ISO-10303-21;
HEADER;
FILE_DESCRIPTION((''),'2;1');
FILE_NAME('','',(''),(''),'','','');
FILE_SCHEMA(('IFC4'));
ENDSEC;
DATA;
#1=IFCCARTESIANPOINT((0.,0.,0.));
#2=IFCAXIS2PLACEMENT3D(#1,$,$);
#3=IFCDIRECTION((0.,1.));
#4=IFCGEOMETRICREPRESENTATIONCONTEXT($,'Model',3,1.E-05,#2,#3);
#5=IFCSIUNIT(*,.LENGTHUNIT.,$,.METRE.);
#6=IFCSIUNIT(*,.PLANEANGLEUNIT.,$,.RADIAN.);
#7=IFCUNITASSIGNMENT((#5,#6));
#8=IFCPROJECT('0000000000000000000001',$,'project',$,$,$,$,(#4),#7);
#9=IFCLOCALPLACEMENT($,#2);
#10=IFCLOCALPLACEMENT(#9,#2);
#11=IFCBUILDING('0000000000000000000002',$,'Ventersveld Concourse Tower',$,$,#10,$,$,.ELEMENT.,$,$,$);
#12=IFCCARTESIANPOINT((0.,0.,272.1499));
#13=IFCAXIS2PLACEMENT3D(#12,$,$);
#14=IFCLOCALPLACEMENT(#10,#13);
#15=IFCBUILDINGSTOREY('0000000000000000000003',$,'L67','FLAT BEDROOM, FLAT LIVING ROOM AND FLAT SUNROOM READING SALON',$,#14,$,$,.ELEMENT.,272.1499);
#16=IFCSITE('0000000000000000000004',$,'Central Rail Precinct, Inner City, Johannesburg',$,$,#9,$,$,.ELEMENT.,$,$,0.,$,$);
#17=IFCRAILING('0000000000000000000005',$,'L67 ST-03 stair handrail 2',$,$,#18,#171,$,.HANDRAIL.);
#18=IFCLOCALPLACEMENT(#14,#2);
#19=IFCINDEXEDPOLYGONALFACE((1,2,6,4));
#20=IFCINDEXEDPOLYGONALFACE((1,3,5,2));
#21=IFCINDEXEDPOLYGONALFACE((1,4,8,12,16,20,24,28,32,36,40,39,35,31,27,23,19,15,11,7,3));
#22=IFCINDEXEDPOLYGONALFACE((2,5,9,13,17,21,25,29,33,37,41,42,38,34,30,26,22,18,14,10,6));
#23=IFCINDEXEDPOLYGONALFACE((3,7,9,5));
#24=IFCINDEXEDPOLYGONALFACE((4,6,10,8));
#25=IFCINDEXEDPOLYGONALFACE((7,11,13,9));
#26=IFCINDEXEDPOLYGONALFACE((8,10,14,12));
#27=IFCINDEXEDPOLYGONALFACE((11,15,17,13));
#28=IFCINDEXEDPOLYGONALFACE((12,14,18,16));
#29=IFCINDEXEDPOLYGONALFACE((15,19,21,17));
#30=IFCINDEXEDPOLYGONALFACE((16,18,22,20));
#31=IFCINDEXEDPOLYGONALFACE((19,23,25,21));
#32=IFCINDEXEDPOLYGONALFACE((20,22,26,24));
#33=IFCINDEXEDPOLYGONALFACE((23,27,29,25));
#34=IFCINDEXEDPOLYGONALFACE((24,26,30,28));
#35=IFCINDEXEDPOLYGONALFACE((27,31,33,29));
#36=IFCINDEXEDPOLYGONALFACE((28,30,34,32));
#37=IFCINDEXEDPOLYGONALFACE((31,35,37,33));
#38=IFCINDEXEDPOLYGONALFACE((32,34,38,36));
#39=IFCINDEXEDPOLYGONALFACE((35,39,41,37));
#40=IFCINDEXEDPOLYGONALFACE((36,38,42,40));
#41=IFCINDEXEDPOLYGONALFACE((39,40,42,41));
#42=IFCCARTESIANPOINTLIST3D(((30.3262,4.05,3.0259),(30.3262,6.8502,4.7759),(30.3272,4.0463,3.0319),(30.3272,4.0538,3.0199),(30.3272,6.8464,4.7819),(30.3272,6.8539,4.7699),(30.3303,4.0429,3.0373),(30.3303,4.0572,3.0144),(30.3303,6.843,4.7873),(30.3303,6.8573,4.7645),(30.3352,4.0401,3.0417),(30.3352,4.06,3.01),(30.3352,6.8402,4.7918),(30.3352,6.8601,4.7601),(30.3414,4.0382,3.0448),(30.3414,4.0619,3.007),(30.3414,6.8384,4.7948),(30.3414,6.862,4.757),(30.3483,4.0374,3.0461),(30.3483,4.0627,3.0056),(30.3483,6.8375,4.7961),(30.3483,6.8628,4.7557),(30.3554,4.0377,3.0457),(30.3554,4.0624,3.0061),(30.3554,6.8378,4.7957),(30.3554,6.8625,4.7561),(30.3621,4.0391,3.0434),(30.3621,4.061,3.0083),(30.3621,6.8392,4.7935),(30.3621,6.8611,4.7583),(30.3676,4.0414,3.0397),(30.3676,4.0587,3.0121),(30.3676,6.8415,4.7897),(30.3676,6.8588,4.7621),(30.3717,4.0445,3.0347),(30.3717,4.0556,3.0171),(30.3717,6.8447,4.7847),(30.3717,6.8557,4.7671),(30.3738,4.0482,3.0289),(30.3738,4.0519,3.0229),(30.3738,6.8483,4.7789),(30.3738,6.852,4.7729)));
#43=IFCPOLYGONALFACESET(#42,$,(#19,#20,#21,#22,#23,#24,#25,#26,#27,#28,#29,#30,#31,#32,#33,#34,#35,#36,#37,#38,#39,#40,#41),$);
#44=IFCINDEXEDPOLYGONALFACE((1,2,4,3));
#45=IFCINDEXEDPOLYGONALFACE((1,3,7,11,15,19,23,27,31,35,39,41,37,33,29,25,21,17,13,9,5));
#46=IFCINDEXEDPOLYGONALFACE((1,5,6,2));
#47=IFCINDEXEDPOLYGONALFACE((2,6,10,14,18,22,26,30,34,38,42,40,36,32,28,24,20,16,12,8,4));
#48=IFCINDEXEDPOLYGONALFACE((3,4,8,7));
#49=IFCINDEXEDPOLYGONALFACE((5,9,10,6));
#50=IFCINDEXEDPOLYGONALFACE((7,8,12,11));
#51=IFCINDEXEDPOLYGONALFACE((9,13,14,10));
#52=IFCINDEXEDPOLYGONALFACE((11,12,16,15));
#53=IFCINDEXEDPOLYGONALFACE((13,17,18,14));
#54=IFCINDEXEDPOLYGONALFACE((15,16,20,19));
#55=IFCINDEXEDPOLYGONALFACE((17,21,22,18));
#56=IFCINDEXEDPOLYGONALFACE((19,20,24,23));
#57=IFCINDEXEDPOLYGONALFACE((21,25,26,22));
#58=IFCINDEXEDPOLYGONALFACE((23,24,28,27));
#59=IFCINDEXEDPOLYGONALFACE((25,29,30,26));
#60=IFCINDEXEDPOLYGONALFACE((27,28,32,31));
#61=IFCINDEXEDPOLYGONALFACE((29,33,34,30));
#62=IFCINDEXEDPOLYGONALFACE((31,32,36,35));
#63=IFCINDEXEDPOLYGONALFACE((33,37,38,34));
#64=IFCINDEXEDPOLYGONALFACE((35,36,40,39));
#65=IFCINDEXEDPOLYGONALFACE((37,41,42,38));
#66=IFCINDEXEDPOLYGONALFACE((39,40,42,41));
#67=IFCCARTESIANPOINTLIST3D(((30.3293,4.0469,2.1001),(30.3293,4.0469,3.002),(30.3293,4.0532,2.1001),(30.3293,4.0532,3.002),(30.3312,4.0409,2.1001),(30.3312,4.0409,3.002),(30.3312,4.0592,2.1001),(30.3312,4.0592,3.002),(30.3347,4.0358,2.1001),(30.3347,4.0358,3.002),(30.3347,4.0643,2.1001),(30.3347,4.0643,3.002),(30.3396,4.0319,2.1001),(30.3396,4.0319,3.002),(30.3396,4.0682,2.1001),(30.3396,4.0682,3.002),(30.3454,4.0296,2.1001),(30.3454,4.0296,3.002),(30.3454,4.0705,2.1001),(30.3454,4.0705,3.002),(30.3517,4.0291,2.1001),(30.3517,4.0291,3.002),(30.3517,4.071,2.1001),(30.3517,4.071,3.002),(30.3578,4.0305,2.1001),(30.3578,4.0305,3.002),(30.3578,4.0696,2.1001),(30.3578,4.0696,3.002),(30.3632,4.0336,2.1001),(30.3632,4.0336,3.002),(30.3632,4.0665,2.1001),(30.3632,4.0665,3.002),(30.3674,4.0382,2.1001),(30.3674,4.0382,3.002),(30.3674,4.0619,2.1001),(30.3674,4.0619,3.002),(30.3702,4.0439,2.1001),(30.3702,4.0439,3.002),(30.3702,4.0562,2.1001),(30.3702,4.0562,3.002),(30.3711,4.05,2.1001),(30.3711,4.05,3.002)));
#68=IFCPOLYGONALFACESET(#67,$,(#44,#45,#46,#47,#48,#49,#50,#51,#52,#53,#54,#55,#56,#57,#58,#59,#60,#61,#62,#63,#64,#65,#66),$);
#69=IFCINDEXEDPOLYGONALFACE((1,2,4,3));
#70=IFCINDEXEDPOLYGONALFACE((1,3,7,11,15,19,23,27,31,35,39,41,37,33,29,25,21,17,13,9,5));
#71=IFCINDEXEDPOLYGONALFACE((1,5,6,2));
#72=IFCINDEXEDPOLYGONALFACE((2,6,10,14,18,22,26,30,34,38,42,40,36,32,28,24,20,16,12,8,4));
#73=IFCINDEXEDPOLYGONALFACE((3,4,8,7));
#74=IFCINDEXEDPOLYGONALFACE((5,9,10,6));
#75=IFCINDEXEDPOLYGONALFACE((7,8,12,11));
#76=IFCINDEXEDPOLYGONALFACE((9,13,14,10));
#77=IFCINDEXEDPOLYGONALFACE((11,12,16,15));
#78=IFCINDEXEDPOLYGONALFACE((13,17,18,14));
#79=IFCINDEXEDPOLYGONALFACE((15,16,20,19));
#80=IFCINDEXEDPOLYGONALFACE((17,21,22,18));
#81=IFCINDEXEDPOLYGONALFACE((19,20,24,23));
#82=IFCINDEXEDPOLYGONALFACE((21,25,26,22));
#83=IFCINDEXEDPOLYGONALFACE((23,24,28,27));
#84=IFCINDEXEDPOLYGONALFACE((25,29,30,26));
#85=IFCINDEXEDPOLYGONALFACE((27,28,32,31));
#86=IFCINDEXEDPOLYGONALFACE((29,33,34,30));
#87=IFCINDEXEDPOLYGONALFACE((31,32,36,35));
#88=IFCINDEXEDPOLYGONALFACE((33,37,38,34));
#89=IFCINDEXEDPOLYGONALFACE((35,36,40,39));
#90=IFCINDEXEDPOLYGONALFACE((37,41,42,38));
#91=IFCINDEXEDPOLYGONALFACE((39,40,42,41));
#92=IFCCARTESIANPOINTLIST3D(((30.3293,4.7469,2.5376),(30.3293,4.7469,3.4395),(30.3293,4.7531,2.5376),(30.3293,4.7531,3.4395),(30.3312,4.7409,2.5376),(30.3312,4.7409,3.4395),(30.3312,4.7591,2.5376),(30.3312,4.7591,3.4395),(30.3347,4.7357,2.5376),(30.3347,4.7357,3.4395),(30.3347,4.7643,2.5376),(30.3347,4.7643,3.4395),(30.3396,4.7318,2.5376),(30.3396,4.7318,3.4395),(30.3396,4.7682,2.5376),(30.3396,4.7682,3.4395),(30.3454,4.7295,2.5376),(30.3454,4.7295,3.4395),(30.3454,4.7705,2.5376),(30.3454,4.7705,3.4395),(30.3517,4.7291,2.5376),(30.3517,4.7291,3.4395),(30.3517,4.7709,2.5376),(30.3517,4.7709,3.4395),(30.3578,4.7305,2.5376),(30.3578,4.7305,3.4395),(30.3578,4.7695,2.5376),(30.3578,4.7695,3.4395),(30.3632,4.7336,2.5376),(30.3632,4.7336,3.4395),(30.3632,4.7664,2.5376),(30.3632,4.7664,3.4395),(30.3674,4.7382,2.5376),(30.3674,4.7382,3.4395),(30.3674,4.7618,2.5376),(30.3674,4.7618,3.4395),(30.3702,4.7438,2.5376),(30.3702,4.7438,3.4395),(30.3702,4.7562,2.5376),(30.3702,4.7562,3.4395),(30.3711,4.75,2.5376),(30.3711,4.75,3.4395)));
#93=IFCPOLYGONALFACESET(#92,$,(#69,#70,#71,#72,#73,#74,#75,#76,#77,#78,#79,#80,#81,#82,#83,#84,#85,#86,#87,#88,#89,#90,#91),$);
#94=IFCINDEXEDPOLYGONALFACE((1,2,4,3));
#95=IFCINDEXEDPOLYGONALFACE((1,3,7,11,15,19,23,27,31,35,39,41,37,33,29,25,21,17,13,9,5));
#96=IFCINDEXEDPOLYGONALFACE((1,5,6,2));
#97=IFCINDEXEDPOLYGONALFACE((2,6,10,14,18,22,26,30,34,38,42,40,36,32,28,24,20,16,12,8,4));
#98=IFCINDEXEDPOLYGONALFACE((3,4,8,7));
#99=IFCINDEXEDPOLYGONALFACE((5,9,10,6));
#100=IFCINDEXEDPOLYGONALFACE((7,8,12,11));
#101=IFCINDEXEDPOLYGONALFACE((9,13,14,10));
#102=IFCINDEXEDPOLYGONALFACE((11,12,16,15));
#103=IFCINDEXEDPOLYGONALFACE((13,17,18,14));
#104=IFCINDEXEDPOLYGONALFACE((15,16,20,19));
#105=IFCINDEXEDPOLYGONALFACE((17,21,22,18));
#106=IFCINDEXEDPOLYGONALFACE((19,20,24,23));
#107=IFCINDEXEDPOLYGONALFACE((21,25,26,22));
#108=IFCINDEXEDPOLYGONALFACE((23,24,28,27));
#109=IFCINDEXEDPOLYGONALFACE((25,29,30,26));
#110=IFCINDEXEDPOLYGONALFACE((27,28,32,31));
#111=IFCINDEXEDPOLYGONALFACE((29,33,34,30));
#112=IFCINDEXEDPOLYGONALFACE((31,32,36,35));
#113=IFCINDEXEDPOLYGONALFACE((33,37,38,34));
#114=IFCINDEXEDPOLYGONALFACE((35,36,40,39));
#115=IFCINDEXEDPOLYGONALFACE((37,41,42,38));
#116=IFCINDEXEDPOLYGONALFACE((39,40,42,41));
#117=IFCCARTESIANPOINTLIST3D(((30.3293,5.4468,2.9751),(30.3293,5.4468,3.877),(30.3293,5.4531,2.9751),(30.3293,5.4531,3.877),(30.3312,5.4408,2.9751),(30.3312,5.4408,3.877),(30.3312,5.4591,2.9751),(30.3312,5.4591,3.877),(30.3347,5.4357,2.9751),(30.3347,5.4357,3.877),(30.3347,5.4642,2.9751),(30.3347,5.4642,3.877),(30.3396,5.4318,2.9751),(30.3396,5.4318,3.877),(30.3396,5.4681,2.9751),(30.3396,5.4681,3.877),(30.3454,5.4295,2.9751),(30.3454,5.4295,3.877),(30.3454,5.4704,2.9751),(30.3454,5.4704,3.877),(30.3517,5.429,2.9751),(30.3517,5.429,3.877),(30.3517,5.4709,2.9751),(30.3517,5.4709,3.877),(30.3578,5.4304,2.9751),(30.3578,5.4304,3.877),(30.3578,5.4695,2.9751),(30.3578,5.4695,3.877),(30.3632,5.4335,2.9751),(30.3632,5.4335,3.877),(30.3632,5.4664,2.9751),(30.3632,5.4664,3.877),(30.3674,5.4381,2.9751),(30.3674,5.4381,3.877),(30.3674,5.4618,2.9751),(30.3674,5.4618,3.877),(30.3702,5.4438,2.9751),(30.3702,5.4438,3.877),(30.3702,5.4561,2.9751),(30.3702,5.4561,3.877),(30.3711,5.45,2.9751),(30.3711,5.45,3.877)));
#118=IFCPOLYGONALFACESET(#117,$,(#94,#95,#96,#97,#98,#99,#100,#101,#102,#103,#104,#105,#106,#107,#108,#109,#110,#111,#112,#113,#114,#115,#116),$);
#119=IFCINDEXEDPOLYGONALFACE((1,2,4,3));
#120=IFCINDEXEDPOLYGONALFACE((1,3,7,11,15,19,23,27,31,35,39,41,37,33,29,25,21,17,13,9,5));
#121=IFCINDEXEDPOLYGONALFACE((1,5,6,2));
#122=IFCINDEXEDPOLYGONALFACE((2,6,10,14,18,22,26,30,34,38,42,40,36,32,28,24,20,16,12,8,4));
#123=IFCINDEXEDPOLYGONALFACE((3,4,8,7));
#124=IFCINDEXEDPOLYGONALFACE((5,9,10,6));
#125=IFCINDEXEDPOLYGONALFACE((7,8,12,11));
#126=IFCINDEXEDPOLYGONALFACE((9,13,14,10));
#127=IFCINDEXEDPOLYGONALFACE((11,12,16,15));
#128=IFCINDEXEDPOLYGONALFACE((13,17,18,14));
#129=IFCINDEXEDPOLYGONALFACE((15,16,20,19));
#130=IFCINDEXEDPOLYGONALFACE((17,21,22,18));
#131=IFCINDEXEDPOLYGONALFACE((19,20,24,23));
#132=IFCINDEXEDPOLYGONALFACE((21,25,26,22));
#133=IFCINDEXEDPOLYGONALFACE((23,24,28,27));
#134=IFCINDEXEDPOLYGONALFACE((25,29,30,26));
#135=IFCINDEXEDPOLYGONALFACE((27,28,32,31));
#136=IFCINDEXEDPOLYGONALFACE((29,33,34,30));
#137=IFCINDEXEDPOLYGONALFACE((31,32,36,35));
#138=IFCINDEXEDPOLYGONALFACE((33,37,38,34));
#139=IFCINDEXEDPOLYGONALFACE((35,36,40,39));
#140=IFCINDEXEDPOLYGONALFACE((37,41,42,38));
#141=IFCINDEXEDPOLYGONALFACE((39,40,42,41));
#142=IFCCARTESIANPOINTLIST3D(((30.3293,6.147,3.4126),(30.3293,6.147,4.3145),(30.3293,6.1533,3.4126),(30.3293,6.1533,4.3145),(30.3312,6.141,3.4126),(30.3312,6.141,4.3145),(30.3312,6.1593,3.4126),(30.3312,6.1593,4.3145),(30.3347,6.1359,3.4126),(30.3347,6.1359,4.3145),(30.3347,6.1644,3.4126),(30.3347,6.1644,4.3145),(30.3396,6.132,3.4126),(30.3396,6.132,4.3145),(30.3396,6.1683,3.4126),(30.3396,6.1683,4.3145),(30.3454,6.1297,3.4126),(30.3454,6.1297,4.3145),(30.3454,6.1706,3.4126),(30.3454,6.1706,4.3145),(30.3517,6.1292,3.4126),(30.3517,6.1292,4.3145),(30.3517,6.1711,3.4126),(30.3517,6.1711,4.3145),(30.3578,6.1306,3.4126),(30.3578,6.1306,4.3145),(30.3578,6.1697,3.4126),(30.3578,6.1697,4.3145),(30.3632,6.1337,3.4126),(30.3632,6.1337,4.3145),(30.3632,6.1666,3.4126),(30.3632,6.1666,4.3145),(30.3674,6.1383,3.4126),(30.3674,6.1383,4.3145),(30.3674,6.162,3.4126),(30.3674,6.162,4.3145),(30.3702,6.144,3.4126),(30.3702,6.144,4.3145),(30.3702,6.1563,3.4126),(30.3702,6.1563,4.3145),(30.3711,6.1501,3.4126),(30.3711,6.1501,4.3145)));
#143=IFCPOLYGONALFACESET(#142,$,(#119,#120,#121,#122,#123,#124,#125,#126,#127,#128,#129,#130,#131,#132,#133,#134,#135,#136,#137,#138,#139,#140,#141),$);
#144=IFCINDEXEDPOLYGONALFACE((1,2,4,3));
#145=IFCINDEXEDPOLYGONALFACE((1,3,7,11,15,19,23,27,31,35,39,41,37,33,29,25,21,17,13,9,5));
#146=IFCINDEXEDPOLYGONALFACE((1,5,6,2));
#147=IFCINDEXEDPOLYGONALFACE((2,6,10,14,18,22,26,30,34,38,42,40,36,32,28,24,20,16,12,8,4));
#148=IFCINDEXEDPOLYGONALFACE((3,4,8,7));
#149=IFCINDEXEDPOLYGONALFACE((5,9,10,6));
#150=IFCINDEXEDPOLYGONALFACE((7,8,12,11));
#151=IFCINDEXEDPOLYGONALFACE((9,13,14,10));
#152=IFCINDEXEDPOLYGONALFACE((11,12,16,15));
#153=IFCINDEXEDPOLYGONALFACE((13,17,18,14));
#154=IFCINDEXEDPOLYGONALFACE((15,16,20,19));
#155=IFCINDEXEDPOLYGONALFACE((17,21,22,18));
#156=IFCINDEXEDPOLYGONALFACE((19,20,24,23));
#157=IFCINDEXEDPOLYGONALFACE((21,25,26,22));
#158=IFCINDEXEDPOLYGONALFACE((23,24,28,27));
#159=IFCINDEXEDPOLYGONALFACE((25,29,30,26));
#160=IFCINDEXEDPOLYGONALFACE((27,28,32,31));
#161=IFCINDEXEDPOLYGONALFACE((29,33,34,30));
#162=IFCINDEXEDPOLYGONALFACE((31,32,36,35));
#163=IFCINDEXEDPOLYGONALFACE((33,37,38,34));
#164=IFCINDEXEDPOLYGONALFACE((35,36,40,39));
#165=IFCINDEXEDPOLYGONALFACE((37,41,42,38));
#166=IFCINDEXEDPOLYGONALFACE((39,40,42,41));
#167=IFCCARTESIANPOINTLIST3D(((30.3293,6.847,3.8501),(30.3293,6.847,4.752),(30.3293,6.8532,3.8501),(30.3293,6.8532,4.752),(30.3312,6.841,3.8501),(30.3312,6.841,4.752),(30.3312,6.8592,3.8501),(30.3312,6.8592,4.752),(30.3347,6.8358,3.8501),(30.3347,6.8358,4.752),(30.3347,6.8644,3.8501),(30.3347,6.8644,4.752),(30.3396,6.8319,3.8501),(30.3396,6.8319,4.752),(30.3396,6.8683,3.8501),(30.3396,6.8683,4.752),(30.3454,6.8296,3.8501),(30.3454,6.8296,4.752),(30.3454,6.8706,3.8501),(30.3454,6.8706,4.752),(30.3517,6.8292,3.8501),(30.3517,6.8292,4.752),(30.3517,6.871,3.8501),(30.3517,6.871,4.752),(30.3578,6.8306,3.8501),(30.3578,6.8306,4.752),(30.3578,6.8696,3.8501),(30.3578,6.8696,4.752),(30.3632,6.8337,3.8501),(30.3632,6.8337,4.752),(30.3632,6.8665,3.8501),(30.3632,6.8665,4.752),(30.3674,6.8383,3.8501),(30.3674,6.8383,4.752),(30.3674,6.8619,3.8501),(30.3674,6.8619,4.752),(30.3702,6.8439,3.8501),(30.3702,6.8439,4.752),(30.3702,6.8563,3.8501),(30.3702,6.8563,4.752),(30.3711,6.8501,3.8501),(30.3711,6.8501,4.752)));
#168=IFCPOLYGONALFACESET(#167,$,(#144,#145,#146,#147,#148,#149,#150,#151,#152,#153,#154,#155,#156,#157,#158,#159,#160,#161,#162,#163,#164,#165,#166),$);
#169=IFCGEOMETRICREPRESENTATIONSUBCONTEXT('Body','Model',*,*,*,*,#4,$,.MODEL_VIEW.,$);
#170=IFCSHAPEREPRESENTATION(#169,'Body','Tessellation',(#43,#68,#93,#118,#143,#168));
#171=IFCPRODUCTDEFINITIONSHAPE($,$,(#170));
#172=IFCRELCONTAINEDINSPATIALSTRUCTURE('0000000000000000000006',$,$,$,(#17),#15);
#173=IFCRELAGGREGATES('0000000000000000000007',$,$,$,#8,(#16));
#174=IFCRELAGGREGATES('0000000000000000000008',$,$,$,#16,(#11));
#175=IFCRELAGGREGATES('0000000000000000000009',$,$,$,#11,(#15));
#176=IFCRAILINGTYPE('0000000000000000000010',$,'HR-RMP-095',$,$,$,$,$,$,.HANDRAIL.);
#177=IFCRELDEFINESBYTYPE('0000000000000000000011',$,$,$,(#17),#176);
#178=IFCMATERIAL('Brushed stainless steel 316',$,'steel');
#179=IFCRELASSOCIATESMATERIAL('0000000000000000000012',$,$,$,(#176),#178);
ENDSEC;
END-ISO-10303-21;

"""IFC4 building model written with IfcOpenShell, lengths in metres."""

from ifc_helpers import new_model, si_unit, direction, frame, origin, origin_2d, place, context, subcontext, project, spatial, circle, extrude, material, type_object, element, save


model = new_model("IFC4")

# Units and contexts
model_context = context("Model", 3, precision=1e-05, world=origin(), true_north=direction((0.0, 1.0)))
body_context = subcontext(model_context, "Body", "Model", "MODEL_VIEW")
ifc_project = project(units=[si_unit("LENGTHUNIT", "METRE"), si_unit("PLANEANGLEUNIT", "RADIAN")], contexts=[model_context])

# Site, building, storey
site_placement = place(None, origin())
site = spatial("IfcSite", under=ifc_project, at=site_placement, Name="Central Rail Precinct, Inner City, Johannesburg", CompositionType="ELEMENT", RefElevation=0.0)
building_placement = place(site_placement, origin())
building = spatial("IfcBuilding", under=site, at=building_placement, Name="Ventersveld Concourse Tower", CompositionType="ELEMENT")
storey_placement = place(building_placement, frame((0.0, 0.0, 272.1499)))
storey = spatial("IfcBuildingStorey", under=building, at=storey_placement, Name="L67", Description="FLAT BEDROOM, FLAT LIVING ROOM AND FLAT SUNROOM READING SALON", CompositionType="ELEMENT", Elevation=272.1499)

# Railing
ifc_material_1 = material(Name="Brushed stainless steel 316", Category="steel")
railing_type_1 = type_object("IfcRailingType", Name="HR-RMP-095", PredefinedType="HANDRAIL", material=ifc_material_1)
railing_1_placement = place(storey_placement, frame((30.3501, 4.05, 2.1001)))
element("IfcRailing", 1, at=railing_1_placement, inside=storey, type_object=railing_type_1, Name="L67 ST-03 stair handrail 2", PredefinedType="HANDRAIL", context=body_context, shape_type="SweptSolid", body=[
    extrude(circle(Radius=0.0239, at=origin_2d()), frame((0.0, 0.0, 0.9258), z_axis=(0.0, 0.848002, 0.529992), x_axis=(-1.0, 0.0, 0.0)), (0.0, 0.0, 1.0), 3.302),
    extrude(circle(Radius=0.021, at=origin_2d()), origin(), (0.0, 0.0, 1.0), 0.9019),
    extrude(circle(Radius=0.021, at=origin_2d()), frame((0.0, 0.7, 0.4375)), (0.0, 0.0, 1.0), 0.9019),
    extrude(circle(Radius=0.021, at=origin_2d()), frame((0.0, 1.3999, 0.875)), (0.0, 0.0, 1.0), 0.9019),
    extrude(circle(Radius=0.021, at=origin_2d()), frame((0.0, 2.1001, 1.3125)), (0.0, 0.0, 1.0), 0.9019),
    extrude(circle(Radius=0.021, at=origin_2d()), frame((0.0, 2.8, 1.75)), (0.0, 0.0, 1.0), 0.9019),
])

save(model, "model.ifc")
